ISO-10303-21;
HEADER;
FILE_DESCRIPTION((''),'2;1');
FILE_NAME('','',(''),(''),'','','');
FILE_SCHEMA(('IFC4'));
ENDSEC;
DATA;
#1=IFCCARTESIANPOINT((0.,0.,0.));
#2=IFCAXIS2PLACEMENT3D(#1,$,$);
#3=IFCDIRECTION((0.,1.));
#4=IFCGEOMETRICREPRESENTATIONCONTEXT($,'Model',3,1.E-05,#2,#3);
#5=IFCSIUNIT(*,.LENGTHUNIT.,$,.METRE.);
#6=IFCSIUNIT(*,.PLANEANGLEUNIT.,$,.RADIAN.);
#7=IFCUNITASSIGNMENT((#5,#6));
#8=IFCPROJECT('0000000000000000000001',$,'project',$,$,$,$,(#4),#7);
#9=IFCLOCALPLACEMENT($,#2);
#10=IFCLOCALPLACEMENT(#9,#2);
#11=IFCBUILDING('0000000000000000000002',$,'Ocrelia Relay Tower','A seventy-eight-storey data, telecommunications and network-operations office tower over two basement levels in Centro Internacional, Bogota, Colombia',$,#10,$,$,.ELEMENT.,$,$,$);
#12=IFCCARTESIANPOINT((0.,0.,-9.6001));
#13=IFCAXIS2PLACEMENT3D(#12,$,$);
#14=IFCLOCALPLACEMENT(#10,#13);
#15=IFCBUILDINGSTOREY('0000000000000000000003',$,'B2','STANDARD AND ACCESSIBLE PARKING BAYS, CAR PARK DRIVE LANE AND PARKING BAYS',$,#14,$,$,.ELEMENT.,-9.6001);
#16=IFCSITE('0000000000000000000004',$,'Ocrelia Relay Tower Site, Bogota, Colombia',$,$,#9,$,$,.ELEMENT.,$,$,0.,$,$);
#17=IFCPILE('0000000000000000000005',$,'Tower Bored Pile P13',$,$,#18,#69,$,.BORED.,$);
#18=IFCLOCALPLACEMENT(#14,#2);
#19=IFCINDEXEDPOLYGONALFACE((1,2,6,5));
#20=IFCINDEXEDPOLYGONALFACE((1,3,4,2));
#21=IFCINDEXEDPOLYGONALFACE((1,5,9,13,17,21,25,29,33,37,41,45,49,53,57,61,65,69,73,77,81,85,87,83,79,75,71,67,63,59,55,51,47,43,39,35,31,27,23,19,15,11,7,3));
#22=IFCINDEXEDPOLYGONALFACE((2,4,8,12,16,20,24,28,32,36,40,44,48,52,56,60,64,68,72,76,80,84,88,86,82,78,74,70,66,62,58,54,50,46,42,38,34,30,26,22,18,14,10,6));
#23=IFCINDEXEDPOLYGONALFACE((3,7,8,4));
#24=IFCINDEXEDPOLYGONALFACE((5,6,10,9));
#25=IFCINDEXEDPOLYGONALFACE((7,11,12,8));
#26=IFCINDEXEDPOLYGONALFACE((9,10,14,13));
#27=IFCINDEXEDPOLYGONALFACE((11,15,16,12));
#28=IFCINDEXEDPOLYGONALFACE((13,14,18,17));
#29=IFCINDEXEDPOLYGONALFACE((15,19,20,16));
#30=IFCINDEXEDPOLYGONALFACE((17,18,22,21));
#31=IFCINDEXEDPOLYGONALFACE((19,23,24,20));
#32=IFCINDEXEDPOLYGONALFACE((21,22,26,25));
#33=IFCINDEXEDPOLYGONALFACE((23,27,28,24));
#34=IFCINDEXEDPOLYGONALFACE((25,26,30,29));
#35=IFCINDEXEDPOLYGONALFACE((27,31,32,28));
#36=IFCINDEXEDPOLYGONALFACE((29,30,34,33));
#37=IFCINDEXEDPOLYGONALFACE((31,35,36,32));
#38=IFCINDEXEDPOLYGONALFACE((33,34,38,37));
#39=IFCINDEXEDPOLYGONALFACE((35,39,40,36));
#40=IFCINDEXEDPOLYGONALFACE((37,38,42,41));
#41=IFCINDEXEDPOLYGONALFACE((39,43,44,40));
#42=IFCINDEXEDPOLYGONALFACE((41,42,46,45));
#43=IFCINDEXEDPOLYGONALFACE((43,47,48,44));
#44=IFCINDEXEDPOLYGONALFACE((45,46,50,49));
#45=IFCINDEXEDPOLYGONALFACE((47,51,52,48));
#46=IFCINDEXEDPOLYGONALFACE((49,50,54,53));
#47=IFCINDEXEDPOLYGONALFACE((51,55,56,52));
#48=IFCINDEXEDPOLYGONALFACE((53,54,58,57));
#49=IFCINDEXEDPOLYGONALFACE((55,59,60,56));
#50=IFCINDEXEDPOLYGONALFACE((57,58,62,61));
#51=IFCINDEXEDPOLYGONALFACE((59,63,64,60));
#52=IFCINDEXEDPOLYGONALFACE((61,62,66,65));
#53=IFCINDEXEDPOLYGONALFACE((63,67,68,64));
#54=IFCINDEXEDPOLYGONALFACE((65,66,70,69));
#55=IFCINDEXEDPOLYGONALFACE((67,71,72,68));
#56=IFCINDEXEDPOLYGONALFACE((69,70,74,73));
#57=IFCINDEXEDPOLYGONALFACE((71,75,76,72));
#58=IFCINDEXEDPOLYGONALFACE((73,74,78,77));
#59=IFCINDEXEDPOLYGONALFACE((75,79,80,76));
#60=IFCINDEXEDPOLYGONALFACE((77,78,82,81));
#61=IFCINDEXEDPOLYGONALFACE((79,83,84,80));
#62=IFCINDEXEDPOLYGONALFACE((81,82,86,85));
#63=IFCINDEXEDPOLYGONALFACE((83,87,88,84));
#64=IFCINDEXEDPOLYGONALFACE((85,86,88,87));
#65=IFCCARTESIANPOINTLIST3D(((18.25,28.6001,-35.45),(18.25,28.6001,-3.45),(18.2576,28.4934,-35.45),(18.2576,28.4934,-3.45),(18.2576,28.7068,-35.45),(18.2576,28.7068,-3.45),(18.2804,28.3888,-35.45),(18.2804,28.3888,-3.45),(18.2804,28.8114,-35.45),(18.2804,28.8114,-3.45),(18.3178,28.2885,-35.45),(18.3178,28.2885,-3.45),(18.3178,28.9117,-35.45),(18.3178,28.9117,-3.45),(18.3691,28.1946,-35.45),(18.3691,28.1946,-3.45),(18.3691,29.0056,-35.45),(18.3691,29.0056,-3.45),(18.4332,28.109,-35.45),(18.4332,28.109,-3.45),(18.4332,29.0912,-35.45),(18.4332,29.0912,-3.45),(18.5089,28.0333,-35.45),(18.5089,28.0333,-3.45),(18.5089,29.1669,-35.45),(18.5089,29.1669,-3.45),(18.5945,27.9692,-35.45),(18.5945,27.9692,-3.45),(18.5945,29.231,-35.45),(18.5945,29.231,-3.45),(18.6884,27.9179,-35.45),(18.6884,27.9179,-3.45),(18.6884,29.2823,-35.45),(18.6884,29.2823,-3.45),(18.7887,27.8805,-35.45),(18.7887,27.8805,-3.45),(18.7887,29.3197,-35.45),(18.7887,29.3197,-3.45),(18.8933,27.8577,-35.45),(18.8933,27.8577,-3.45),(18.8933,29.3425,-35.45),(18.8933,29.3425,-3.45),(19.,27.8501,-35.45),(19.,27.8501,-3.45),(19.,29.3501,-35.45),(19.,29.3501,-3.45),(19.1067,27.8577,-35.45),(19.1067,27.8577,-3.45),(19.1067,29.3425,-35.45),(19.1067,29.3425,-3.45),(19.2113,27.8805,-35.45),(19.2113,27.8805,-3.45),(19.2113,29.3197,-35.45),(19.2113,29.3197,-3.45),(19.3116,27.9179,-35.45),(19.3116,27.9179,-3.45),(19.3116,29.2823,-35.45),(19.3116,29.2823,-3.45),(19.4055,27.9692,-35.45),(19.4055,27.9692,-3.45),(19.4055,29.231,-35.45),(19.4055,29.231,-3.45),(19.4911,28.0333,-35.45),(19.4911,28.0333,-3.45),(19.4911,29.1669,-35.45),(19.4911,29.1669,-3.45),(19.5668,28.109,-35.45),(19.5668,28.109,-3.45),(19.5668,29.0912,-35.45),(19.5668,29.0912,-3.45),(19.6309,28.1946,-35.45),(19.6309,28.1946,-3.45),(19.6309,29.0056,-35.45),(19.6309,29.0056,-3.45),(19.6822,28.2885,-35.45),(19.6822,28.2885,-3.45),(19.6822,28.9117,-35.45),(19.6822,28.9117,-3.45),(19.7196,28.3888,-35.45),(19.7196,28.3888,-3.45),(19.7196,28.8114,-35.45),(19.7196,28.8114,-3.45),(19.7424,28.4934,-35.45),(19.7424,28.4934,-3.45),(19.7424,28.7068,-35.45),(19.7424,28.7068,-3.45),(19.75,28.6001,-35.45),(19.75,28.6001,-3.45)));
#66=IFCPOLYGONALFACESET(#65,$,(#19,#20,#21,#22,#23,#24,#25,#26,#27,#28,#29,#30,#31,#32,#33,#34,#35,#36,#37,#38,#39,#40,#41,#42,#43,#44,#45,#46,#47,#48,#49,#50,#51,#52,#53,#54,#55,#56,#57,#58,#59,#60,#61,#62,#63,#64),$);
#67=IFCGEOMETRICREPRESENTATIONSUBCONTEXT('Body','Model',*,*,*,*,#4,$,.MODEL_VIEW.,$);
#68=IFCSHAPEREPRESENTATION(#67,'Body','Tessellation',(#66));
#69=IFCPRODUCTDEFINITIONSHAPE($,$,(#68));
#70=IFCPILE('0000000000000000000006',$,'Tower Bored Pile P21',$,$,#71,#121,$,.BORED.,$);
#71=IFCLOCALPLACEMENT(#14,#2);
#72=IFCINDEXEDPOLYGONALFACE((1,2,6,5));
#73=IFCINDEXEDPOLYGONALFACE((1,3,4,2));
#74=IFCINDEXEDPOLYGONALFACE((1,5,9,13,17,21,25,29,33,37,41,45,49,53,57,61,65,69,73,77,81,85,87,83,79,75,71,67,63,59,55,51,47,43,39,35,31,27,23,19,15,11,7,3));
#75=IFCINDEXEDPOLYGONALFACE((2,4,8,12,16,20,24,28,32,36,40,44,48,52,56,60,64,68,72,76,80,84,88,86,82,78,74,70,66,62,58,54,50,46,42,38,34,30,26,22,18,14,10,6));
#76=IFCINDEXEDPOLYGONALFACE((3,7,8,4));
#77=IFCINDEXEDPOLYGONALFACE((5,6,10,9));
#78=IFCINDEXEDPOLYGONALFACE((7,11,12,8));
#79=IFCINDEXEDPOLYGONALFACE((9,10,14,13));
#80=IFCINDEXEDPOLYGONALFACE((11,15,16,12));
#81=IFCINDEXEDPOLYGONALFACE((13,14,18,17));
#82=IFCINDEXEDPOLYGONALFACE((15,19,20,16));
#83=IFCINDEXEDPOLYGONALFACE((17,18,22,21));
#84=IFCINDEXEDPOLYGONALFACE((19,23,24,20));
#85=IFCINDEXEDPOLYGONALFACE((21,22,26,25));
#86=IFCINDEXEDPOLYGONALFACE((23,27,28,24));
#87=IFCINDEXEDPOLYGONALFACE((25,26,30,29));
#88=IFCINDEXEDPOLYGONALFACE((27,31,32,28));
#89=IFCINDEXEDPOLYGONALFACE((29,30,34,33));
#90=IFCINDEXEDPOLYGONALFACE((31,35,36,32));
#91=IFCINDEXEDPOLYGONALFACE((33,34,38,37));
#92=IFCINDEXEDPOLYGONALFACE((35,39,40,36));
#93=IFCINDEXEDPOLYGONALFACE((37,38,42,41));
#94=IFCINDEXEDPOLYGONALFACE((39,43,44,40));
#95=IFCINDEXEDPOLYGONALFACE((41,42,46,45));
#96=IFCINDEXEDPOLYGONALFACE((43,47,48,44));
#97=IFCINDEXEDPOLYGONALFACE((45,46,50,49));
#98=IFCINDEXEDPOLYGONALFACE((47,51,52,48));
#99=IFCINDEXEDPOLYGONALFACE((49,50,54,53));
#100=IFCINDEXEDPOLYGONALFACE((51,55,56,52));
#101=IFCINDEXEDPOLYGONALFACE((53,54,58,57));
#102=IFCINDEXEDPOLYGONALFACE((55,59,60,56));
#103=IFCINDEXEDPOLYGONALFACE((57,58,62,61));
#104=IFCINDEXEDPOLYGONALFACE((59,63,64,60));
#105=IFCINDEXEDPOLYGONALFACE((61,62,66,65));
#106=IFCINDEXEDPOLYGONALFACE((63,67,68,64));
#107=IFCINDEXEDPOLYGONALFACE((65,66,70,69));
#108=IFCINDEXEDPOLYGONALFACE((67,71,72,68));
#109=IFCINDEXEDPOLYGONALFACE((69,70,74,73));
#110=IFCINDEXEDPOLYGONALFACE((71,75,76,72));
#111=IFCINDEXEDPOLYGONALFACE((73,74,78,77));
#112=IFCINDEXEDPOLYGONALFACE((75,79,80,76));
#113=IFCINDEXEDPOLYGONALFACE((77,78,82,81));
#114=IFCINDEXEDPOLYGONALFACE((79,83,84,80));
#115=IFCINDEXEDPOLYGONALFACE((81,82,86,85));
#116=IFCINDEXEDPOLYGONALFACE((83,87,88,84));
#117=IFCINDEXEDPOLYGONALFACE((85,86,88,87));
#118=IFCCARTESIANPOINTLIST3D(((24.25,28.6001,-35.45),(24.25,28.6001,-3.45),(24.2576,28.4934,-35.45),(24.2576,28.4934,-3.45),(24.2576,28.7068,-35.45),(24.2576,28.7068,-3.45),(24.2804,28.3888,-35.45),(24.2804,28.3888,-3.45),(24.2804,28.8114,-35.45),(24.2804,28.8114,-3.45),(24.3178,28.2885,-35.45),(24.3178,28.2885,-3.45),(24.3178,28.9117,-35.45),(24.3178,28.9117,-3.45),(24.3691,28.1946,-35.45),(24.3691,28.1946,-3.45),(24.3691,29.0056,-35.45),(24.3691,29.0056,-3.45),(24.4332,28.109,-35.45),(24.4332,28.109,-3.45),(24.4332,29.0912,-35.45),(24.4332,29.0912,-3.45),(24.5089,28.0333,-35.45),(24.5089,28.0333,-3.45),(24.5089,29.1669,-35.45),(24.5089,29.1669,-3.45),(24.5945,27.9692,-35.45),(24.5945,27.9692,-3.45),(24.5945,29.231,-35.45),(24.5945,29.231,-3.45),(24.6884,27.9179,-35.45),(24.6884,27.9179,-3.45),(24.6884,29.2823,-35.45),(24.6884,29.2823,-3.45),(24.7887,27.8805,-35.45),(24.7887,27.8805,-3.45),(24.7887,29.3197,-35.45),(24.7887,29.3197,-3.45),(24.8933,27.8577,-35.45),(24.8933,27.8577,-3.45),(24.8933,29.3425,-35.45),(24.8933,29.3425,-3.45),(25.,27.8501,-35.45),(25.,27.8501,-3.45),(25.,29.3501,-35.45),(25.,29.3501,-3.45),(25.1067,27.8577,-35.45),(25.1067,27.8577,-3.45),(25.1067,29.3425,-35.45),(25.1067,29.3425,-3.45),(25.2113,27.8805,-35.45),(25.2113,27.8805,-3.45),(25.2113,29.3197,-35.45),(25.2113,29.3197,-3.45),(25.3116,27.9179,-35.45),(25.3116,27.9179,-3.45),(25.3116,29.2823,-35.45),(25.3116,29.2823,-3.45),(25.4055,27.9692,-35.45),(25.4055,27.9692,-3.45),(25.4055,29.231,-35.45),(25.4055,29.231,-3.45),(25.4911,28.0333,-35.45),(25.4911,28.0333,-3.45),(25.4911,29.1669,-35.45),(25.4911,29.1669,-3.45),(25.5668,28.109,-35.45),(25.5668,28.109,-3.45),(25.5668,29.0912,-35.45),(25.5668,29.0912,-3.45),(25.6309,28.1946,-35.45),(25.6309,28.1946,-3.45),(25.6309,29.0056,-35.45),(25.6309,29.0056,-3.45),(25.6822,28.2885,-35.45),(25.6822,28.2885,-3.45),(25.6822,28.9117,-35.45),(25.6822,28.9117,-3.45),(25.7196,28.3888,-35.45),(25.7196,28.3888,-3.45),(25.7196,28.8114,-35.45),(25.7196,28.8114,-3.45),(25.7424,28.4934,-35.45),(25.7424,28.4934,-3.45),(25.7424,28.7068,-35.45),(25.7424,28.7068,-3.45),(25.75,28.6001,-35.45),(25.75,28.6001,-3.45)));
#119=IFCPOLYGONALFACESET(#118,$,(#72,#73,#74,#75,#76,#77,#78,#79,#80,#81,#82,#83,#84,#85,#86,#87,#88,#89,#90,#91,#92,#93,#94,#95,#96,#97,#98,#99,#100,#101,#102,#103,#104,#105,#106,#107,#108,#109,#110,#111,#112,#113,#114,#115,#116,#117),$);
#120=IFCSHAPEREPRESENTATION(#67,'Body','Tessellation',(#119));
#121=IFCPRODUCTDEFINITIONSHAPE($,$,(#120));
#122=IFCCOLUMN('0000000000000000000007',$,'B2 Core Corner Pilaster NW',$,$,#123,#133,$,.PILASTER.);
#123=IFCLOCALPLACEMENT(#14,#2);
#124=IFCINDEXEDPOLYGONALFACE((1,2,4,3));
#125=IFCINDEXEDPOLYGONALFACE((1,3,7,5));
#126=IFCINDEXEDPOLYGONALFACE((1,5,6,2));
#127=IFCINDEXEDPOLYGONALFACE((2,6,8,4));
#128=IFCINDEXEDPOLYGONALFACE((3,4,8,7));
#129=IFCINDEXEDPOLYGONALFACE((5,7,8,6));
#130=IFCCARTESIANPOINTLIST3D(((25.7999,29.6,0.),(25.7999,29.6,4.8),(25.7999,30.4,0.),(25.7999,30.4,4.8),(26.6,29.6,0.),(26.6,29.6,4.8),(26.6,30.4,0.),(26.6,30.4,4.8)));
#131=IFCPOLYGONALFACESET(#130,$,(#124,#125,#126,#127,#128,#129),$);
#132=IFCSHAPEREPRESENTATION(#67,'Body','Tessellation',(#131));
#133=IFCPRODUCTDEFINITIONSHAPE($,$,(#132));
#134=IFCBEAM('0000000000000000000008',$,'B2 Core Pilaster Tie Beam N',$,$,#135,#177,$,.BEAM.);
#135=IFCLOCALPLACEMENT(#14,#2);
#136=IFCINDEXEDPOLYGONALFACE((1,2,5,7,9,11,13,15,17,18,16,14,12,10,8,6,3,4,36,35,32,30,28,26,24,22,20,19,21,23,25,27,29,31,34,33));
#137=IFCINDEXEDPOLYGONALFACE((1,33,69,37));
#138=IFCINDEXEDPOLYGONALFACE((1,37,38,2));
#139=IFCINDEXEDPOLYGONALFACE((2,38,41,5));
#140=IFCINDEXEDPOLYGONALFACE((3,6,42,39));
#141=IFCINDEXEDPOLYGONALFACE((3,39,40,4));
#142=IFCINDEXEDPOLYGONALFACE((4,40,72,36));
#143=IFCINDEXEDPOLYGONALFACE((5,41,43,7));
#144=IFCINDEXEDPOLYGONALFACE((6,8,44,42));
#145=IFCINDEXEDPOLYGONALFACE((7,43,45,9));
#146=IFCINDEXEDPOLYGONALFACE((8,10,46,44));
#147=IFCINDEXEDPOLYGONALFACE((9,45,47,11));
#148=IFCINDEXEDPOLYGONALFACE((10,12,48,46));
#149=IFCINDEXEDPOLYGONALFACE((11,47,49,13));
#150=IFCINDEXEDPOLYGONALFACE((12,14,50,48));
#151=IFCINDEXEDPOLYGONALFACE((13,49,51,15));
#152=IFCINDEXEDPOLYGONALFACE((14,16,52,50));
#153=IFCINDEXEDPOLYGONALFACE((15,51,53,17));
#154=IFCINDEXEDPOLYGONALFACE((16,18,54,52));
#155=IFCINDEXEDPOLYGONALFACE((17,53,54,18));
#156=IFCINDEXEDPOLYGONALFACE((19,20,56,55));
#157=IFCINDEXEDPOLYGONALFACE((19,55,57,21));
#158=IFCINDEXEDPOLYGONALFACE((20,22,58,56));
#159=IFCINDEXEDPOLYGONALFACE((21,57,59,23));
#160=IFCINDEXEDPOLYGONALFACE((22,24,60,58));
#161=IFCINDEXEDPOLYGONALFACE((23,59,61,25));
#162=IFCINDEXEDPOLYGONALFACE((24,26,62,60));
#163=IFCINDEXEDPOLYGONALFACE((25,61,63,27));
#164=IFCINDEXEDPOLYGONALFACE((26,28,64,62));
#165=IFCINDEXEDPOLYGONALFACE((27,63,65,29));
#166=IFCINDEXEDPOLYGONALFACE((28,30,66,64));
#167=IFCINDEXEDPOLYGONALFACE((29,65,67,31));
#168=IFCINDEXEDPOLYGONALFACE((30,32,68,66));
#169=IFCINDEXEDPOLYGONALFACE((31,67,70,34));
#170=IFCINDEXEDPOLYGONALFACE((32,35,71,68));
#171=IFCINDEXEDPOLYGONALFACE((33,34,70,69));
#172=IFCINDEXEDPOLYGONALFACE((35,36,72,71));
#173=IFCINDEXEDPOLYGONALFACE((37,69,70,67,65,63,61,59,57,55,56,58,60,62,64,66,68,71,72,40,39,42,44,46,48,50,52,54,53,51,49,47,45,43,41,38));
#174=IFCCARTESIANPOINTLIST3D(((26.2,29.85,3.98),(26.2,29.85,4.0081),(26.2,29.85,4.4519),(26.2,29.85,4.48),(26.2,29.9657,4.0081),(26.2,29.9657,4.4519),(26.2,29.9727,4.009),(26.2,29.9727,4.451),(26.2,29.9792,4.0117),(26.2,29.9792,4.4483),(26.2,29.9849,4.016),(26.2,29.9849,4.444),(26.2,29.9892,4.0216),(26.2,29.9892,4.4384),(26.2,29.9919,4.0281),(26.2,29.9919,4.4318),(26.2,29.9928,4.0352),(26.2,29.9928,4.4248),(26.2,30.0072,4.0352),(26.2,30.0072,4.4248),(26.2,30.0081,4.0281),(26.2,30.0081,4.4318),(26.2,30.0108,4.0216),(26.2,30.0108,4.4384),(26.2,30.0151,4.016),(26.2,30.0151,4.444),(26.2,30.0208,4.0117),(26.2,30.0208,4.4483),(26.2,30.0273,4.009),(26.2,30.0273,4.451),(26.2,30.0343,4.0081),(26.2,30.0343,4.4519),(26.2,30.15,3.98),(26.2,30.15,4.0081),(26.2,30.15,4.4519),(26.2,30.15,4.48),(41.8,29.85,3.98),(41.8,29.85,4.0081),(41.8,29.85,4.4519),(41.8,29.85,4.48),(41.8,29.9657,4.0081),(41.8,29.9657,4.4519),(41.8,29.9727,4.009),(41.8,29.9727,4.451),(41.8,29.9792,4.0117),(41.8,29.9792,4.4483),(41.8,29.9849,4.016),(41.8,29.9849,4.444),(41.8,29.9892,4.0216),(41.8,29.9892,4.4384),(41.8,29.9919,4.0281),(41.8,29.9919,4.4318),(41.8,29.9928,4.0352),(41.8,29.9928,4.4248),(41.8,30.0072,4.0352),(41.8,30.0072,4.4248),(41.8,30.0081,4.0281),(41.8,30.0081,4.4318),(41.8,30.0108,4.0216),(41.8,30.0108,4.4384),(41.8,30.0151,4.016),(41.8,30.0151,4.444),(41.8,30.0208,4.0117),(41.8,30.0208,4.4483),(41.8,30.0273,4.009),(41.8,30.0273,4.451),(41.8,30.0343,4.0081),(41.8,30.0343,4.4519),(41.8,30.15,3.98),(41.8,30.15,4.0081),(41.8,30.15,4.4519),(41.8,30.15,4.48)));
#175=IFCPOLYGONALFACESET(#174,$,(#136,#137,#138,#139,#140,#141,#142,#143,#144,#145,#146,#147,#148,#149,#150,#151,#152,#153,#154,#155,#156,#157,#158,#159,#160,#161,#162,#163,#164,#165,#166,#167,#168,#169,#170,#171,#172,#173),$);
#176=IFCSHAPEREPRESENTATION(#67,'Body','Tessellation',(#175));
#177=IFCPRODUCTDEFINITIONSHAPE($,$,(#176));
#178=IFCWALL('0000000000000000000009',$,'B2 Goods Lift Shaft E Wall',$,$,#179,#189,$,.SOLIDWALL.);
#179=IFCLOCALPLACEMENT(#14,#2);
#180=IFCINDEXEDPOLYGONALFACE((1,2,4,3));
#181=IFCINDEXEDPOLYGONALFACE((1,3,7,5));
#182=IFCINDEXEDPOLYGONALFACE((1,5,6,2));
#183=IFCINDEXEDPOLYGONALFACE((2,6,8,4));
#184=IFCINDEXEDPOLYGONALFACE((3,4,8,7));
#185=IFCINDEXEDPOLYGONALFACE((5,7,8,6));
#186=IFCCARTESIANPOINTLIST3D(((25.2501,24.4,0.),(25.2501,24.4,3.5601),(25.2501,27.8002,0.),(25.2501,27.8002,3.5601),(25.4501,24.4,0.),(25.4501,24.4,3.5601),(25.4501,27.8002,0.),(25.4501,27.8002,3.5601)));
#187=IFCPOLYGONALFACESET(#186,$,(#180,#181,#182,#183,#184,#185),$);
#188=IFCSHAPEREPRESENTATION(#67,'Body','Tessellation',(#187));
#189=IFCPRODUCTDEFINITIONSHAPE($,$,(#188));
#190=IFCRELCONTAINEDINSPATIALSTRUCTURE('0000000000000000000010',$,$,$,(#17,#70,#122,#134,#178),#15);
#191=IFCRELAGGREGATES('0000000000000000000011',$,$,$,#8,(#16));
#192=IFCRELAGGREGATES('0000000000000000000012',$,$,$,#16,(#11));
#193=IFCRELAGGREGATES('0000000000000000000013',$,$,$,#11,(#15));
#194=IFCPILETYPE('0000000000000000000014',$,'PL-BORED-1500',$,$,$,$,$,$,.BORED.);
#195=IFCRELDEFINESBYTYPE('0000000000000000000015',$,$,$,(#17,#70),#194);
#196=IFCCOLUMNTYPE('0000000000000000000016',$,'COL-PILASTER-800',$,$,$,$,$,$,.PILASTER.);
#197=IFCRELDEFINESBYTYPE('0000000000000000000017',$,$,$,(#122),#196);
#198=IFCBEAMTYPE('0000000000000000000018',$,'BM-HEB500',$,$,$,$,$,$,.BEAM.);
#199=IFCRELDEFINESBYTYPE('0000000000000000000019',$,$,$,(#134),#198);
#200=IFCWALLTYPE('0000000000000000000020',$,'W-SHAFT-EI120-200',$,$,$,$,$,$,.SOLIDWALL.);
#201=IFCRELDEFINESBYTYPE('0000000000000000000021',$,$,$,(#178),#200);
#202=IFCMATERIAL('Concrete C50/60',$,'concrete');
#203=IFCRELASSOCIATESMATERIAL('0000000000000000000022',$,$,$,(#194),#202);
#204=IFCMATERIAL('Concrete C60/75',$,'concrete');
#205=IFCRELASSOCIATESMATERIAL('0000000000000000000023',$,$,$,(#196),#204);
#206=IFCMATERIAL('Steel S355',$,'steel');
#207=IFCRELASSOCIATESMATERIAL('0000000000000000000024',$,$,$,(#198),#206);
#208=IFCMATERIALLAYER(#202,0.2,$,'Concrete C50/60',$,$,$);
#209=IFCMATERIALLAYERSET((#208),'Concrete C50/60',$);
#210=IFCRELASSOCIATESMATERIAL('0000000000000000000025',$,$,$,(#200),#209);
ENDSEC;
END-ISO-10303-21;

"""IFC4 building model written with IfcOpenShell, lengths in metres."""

from ifc_helpers import new_model, si_unit, direction, frame, frame_2d, origin, origin_2d, place, context, subcontext, project, spatial, rectangle, circle, i_section, extrude, material, layer, layer_set, material_profile, profile_set, type_object, element, save


model = new_model("IFC4")

# Units and contexts
model_context = context("Model", 3, precision=1e-05, world=origin(), true_north=direction((0.0, 1.0)))
body_context = subcontext(model_context, "Body", "Model", "MODEL_VIEW")
ifc_project = project(units=[si_unit("LENGTHUNIT", "METRE"), si_unit("PLANEANGLEUNIT", "RADIAN")], contexts=[model_context])

# Site, building, storey
site_placement = place(None, origin())
site = spatial("IfcSite", under=ifc_project, at=site_placement, Name="Ocrelia Relay Tower Site, Bogota, Colombia", CompositionType="ELEMENT", RefElevation=0.0)
building_placement = place(site_placement, origin())
building = spatial("IfcBuilding", under=site, at=building_placement, Name="Ocrelia Relay Tower", Description="A seventy-eight-storey data, telecommunications and network-operations office tower over two basement levels in Centro Internacional, Bogota, Colombia", CompositionType="ELEMENT")
storey_placement = place(building_placement, frame((0.0, 0.0, -9.6001)))
storey = spatial("IfcBuildingStorey", under=building, at=storey_placement, Name="B2", Description="STANDARD AND ACCESSIBLE PARKING BAYS, CAR PARK DRIVE LANE AND PARKING BAYS", CompositionType="ELEMENT", Elevation=-9.6001)

# Piles
ifc_material_1 = material(Name="Concrete C50/60", Category="concrete")
ifc_material_profile_1 = material_profile(ifc_material_1, circle(Radius=0.75, at=origin_2d()), Name="PILE-1500")
ifc_profile_set_1 = profile_set([ifc_material_profile_1], Name="Concrete C50/60")
pile_type = type_object("IfcPileType", Name="PL-BORED-1500", PredefinedType="BORED", material=ifc_profile_set_1)
for number, where, z_axis, x_axis, name in (
    (1, (19.0, 28.6001, -3.45), (0.0, 0.0, -1.0), (1.0, 0.0, 0.0), "Tower Bored Pile P13"),
    (2, (25.0, 28.6001, -3.45), (0.0, 0.0, -1.0), (1.0, 0.0, 0.0), "Tower Bored Pile P21"),
):
    element("IfcPile", number, at=place(storey_placement, frame(where, z_axis=z_axis, x_axis=x_axis)), inside=storey, type_object=pile_type, Name=name, PredefinedType="BORED", context=body_context, shape_type="SweptSolid", body=[
        extrude(circle(Radius=0.75, at=origin_2d()), origin(), (0.0, 0.0, 1.0), 32.0),
    ])

# Column
ifc_material_2 = material(Name="Concrete C60/75", Category="concrete")
ifc_material_profile_2 = material_profile(ifc_material_2, rectangle(XDim=0.8, YDim=0.8, at=origin_2d()), Name="RC-COL-800x800")
ifc_profile_set_2 = profile_set([ifc_material_profile_2], Name="Concrete C60/75")
column_type = type_object("IfcColumnType", Name="COL-PILASTER-800", PredefinedType="PILASTER", material=ifc_profile_set_2)
column_placement = place(storey_placement, frame((26.2, 30.0, 0.0), z_axis=(0.0, 0.0, 1.0), x_axis=(1.0, 0.0, 0.0)))
element("IfcColumn", 3, at=column_placement, inside=storey, type_object=column_type, Name="B2 Core Corner Pilaster NW", PredefinedType="PILASTER", context=body_context, shape_type="SweptSolid", body=[
    extrude(rectangle(XDim=0.8, YDim=0.8, at=origin_2d()), origin(), (0.0, 0.0, 1.0), 4.8),
])

# Beam
ifc_material_3 = material(Name="Steel S355", Category="steel")
ifc_material_profile_3 = material_profile(ifc_material_3, i_section(OverallWidth=0.3, OverallDepth=0.5, WebThickness=0.0144, FlangeThickness=0.0281, FilletRadius=0.0271, at=origin_2d()), Name="HEB 500")
ifc_profile_set_3 = profile_set([ifc_material_profile_3], Name="Steel S355")
beam_type = type_object("IfcBeamType", Name="BM-HEB500", PredefinedType="BEAM", material=ifc_profile_set_3)
beam_placement = place(storey_placement, frame((26.2, 30.0, 4.23), z_axis=(1.0, 0.0, 0.0), x_axis=(0.0, 1.0, 0.0)))
element("IfcBeam", 4, at=beam_placement, inside=storey, type_object=beam_type, Name="B2 Core Pilaster Tie Beam N", PredefinedType="BEAM", context=body_context, shape_type="SweptSolid", body=[
    extrude(i_section(OverallWidth=0.3, OverallDepth=0.5, WebThickness=0.0144, FlangeThickness=0.0281, FilletRadius=0.0271, at=origin_2d()), origin(), (0.0, 0.0, 1.0), 15.6001),
])

# Shared definitions
ifc_layer = layer(ifc_material_1, 0.2, Name="Concrete C50/60")
ifc_layer_set = layer_set([ifc_layer], Name="Concrete C50/60")
wall_type = type_object("IfcWallType", Name="W-SHAFT-EI120-200", PredefinedType="SOLIDWALL", material=ifc_layer_set)

# Wall
wall_1_placement = place(storey_placement, frame((25.3501, 24.3999, 0.0), z_axis=(0.0, 0.0, 1.0), x_axis=(0.0, 1.0, 0.0)))
element("IfcWall", 5, at=wall_1_placement, inside=storey, type_object=wall_type, Name="B2 Goods Lift Shaft E Wall", PredefinedType="SOLIDWALL", context=body_context, shape_type="SweptSolid", body=[
    extrude(rectangle(XDim=3.4001, YDim=0.2, at=frame_2d((1.7002, 0.0))), origin(), (0.0, 0.0, 1.0), 3.5601),
])

save(model, "model.ifc")
